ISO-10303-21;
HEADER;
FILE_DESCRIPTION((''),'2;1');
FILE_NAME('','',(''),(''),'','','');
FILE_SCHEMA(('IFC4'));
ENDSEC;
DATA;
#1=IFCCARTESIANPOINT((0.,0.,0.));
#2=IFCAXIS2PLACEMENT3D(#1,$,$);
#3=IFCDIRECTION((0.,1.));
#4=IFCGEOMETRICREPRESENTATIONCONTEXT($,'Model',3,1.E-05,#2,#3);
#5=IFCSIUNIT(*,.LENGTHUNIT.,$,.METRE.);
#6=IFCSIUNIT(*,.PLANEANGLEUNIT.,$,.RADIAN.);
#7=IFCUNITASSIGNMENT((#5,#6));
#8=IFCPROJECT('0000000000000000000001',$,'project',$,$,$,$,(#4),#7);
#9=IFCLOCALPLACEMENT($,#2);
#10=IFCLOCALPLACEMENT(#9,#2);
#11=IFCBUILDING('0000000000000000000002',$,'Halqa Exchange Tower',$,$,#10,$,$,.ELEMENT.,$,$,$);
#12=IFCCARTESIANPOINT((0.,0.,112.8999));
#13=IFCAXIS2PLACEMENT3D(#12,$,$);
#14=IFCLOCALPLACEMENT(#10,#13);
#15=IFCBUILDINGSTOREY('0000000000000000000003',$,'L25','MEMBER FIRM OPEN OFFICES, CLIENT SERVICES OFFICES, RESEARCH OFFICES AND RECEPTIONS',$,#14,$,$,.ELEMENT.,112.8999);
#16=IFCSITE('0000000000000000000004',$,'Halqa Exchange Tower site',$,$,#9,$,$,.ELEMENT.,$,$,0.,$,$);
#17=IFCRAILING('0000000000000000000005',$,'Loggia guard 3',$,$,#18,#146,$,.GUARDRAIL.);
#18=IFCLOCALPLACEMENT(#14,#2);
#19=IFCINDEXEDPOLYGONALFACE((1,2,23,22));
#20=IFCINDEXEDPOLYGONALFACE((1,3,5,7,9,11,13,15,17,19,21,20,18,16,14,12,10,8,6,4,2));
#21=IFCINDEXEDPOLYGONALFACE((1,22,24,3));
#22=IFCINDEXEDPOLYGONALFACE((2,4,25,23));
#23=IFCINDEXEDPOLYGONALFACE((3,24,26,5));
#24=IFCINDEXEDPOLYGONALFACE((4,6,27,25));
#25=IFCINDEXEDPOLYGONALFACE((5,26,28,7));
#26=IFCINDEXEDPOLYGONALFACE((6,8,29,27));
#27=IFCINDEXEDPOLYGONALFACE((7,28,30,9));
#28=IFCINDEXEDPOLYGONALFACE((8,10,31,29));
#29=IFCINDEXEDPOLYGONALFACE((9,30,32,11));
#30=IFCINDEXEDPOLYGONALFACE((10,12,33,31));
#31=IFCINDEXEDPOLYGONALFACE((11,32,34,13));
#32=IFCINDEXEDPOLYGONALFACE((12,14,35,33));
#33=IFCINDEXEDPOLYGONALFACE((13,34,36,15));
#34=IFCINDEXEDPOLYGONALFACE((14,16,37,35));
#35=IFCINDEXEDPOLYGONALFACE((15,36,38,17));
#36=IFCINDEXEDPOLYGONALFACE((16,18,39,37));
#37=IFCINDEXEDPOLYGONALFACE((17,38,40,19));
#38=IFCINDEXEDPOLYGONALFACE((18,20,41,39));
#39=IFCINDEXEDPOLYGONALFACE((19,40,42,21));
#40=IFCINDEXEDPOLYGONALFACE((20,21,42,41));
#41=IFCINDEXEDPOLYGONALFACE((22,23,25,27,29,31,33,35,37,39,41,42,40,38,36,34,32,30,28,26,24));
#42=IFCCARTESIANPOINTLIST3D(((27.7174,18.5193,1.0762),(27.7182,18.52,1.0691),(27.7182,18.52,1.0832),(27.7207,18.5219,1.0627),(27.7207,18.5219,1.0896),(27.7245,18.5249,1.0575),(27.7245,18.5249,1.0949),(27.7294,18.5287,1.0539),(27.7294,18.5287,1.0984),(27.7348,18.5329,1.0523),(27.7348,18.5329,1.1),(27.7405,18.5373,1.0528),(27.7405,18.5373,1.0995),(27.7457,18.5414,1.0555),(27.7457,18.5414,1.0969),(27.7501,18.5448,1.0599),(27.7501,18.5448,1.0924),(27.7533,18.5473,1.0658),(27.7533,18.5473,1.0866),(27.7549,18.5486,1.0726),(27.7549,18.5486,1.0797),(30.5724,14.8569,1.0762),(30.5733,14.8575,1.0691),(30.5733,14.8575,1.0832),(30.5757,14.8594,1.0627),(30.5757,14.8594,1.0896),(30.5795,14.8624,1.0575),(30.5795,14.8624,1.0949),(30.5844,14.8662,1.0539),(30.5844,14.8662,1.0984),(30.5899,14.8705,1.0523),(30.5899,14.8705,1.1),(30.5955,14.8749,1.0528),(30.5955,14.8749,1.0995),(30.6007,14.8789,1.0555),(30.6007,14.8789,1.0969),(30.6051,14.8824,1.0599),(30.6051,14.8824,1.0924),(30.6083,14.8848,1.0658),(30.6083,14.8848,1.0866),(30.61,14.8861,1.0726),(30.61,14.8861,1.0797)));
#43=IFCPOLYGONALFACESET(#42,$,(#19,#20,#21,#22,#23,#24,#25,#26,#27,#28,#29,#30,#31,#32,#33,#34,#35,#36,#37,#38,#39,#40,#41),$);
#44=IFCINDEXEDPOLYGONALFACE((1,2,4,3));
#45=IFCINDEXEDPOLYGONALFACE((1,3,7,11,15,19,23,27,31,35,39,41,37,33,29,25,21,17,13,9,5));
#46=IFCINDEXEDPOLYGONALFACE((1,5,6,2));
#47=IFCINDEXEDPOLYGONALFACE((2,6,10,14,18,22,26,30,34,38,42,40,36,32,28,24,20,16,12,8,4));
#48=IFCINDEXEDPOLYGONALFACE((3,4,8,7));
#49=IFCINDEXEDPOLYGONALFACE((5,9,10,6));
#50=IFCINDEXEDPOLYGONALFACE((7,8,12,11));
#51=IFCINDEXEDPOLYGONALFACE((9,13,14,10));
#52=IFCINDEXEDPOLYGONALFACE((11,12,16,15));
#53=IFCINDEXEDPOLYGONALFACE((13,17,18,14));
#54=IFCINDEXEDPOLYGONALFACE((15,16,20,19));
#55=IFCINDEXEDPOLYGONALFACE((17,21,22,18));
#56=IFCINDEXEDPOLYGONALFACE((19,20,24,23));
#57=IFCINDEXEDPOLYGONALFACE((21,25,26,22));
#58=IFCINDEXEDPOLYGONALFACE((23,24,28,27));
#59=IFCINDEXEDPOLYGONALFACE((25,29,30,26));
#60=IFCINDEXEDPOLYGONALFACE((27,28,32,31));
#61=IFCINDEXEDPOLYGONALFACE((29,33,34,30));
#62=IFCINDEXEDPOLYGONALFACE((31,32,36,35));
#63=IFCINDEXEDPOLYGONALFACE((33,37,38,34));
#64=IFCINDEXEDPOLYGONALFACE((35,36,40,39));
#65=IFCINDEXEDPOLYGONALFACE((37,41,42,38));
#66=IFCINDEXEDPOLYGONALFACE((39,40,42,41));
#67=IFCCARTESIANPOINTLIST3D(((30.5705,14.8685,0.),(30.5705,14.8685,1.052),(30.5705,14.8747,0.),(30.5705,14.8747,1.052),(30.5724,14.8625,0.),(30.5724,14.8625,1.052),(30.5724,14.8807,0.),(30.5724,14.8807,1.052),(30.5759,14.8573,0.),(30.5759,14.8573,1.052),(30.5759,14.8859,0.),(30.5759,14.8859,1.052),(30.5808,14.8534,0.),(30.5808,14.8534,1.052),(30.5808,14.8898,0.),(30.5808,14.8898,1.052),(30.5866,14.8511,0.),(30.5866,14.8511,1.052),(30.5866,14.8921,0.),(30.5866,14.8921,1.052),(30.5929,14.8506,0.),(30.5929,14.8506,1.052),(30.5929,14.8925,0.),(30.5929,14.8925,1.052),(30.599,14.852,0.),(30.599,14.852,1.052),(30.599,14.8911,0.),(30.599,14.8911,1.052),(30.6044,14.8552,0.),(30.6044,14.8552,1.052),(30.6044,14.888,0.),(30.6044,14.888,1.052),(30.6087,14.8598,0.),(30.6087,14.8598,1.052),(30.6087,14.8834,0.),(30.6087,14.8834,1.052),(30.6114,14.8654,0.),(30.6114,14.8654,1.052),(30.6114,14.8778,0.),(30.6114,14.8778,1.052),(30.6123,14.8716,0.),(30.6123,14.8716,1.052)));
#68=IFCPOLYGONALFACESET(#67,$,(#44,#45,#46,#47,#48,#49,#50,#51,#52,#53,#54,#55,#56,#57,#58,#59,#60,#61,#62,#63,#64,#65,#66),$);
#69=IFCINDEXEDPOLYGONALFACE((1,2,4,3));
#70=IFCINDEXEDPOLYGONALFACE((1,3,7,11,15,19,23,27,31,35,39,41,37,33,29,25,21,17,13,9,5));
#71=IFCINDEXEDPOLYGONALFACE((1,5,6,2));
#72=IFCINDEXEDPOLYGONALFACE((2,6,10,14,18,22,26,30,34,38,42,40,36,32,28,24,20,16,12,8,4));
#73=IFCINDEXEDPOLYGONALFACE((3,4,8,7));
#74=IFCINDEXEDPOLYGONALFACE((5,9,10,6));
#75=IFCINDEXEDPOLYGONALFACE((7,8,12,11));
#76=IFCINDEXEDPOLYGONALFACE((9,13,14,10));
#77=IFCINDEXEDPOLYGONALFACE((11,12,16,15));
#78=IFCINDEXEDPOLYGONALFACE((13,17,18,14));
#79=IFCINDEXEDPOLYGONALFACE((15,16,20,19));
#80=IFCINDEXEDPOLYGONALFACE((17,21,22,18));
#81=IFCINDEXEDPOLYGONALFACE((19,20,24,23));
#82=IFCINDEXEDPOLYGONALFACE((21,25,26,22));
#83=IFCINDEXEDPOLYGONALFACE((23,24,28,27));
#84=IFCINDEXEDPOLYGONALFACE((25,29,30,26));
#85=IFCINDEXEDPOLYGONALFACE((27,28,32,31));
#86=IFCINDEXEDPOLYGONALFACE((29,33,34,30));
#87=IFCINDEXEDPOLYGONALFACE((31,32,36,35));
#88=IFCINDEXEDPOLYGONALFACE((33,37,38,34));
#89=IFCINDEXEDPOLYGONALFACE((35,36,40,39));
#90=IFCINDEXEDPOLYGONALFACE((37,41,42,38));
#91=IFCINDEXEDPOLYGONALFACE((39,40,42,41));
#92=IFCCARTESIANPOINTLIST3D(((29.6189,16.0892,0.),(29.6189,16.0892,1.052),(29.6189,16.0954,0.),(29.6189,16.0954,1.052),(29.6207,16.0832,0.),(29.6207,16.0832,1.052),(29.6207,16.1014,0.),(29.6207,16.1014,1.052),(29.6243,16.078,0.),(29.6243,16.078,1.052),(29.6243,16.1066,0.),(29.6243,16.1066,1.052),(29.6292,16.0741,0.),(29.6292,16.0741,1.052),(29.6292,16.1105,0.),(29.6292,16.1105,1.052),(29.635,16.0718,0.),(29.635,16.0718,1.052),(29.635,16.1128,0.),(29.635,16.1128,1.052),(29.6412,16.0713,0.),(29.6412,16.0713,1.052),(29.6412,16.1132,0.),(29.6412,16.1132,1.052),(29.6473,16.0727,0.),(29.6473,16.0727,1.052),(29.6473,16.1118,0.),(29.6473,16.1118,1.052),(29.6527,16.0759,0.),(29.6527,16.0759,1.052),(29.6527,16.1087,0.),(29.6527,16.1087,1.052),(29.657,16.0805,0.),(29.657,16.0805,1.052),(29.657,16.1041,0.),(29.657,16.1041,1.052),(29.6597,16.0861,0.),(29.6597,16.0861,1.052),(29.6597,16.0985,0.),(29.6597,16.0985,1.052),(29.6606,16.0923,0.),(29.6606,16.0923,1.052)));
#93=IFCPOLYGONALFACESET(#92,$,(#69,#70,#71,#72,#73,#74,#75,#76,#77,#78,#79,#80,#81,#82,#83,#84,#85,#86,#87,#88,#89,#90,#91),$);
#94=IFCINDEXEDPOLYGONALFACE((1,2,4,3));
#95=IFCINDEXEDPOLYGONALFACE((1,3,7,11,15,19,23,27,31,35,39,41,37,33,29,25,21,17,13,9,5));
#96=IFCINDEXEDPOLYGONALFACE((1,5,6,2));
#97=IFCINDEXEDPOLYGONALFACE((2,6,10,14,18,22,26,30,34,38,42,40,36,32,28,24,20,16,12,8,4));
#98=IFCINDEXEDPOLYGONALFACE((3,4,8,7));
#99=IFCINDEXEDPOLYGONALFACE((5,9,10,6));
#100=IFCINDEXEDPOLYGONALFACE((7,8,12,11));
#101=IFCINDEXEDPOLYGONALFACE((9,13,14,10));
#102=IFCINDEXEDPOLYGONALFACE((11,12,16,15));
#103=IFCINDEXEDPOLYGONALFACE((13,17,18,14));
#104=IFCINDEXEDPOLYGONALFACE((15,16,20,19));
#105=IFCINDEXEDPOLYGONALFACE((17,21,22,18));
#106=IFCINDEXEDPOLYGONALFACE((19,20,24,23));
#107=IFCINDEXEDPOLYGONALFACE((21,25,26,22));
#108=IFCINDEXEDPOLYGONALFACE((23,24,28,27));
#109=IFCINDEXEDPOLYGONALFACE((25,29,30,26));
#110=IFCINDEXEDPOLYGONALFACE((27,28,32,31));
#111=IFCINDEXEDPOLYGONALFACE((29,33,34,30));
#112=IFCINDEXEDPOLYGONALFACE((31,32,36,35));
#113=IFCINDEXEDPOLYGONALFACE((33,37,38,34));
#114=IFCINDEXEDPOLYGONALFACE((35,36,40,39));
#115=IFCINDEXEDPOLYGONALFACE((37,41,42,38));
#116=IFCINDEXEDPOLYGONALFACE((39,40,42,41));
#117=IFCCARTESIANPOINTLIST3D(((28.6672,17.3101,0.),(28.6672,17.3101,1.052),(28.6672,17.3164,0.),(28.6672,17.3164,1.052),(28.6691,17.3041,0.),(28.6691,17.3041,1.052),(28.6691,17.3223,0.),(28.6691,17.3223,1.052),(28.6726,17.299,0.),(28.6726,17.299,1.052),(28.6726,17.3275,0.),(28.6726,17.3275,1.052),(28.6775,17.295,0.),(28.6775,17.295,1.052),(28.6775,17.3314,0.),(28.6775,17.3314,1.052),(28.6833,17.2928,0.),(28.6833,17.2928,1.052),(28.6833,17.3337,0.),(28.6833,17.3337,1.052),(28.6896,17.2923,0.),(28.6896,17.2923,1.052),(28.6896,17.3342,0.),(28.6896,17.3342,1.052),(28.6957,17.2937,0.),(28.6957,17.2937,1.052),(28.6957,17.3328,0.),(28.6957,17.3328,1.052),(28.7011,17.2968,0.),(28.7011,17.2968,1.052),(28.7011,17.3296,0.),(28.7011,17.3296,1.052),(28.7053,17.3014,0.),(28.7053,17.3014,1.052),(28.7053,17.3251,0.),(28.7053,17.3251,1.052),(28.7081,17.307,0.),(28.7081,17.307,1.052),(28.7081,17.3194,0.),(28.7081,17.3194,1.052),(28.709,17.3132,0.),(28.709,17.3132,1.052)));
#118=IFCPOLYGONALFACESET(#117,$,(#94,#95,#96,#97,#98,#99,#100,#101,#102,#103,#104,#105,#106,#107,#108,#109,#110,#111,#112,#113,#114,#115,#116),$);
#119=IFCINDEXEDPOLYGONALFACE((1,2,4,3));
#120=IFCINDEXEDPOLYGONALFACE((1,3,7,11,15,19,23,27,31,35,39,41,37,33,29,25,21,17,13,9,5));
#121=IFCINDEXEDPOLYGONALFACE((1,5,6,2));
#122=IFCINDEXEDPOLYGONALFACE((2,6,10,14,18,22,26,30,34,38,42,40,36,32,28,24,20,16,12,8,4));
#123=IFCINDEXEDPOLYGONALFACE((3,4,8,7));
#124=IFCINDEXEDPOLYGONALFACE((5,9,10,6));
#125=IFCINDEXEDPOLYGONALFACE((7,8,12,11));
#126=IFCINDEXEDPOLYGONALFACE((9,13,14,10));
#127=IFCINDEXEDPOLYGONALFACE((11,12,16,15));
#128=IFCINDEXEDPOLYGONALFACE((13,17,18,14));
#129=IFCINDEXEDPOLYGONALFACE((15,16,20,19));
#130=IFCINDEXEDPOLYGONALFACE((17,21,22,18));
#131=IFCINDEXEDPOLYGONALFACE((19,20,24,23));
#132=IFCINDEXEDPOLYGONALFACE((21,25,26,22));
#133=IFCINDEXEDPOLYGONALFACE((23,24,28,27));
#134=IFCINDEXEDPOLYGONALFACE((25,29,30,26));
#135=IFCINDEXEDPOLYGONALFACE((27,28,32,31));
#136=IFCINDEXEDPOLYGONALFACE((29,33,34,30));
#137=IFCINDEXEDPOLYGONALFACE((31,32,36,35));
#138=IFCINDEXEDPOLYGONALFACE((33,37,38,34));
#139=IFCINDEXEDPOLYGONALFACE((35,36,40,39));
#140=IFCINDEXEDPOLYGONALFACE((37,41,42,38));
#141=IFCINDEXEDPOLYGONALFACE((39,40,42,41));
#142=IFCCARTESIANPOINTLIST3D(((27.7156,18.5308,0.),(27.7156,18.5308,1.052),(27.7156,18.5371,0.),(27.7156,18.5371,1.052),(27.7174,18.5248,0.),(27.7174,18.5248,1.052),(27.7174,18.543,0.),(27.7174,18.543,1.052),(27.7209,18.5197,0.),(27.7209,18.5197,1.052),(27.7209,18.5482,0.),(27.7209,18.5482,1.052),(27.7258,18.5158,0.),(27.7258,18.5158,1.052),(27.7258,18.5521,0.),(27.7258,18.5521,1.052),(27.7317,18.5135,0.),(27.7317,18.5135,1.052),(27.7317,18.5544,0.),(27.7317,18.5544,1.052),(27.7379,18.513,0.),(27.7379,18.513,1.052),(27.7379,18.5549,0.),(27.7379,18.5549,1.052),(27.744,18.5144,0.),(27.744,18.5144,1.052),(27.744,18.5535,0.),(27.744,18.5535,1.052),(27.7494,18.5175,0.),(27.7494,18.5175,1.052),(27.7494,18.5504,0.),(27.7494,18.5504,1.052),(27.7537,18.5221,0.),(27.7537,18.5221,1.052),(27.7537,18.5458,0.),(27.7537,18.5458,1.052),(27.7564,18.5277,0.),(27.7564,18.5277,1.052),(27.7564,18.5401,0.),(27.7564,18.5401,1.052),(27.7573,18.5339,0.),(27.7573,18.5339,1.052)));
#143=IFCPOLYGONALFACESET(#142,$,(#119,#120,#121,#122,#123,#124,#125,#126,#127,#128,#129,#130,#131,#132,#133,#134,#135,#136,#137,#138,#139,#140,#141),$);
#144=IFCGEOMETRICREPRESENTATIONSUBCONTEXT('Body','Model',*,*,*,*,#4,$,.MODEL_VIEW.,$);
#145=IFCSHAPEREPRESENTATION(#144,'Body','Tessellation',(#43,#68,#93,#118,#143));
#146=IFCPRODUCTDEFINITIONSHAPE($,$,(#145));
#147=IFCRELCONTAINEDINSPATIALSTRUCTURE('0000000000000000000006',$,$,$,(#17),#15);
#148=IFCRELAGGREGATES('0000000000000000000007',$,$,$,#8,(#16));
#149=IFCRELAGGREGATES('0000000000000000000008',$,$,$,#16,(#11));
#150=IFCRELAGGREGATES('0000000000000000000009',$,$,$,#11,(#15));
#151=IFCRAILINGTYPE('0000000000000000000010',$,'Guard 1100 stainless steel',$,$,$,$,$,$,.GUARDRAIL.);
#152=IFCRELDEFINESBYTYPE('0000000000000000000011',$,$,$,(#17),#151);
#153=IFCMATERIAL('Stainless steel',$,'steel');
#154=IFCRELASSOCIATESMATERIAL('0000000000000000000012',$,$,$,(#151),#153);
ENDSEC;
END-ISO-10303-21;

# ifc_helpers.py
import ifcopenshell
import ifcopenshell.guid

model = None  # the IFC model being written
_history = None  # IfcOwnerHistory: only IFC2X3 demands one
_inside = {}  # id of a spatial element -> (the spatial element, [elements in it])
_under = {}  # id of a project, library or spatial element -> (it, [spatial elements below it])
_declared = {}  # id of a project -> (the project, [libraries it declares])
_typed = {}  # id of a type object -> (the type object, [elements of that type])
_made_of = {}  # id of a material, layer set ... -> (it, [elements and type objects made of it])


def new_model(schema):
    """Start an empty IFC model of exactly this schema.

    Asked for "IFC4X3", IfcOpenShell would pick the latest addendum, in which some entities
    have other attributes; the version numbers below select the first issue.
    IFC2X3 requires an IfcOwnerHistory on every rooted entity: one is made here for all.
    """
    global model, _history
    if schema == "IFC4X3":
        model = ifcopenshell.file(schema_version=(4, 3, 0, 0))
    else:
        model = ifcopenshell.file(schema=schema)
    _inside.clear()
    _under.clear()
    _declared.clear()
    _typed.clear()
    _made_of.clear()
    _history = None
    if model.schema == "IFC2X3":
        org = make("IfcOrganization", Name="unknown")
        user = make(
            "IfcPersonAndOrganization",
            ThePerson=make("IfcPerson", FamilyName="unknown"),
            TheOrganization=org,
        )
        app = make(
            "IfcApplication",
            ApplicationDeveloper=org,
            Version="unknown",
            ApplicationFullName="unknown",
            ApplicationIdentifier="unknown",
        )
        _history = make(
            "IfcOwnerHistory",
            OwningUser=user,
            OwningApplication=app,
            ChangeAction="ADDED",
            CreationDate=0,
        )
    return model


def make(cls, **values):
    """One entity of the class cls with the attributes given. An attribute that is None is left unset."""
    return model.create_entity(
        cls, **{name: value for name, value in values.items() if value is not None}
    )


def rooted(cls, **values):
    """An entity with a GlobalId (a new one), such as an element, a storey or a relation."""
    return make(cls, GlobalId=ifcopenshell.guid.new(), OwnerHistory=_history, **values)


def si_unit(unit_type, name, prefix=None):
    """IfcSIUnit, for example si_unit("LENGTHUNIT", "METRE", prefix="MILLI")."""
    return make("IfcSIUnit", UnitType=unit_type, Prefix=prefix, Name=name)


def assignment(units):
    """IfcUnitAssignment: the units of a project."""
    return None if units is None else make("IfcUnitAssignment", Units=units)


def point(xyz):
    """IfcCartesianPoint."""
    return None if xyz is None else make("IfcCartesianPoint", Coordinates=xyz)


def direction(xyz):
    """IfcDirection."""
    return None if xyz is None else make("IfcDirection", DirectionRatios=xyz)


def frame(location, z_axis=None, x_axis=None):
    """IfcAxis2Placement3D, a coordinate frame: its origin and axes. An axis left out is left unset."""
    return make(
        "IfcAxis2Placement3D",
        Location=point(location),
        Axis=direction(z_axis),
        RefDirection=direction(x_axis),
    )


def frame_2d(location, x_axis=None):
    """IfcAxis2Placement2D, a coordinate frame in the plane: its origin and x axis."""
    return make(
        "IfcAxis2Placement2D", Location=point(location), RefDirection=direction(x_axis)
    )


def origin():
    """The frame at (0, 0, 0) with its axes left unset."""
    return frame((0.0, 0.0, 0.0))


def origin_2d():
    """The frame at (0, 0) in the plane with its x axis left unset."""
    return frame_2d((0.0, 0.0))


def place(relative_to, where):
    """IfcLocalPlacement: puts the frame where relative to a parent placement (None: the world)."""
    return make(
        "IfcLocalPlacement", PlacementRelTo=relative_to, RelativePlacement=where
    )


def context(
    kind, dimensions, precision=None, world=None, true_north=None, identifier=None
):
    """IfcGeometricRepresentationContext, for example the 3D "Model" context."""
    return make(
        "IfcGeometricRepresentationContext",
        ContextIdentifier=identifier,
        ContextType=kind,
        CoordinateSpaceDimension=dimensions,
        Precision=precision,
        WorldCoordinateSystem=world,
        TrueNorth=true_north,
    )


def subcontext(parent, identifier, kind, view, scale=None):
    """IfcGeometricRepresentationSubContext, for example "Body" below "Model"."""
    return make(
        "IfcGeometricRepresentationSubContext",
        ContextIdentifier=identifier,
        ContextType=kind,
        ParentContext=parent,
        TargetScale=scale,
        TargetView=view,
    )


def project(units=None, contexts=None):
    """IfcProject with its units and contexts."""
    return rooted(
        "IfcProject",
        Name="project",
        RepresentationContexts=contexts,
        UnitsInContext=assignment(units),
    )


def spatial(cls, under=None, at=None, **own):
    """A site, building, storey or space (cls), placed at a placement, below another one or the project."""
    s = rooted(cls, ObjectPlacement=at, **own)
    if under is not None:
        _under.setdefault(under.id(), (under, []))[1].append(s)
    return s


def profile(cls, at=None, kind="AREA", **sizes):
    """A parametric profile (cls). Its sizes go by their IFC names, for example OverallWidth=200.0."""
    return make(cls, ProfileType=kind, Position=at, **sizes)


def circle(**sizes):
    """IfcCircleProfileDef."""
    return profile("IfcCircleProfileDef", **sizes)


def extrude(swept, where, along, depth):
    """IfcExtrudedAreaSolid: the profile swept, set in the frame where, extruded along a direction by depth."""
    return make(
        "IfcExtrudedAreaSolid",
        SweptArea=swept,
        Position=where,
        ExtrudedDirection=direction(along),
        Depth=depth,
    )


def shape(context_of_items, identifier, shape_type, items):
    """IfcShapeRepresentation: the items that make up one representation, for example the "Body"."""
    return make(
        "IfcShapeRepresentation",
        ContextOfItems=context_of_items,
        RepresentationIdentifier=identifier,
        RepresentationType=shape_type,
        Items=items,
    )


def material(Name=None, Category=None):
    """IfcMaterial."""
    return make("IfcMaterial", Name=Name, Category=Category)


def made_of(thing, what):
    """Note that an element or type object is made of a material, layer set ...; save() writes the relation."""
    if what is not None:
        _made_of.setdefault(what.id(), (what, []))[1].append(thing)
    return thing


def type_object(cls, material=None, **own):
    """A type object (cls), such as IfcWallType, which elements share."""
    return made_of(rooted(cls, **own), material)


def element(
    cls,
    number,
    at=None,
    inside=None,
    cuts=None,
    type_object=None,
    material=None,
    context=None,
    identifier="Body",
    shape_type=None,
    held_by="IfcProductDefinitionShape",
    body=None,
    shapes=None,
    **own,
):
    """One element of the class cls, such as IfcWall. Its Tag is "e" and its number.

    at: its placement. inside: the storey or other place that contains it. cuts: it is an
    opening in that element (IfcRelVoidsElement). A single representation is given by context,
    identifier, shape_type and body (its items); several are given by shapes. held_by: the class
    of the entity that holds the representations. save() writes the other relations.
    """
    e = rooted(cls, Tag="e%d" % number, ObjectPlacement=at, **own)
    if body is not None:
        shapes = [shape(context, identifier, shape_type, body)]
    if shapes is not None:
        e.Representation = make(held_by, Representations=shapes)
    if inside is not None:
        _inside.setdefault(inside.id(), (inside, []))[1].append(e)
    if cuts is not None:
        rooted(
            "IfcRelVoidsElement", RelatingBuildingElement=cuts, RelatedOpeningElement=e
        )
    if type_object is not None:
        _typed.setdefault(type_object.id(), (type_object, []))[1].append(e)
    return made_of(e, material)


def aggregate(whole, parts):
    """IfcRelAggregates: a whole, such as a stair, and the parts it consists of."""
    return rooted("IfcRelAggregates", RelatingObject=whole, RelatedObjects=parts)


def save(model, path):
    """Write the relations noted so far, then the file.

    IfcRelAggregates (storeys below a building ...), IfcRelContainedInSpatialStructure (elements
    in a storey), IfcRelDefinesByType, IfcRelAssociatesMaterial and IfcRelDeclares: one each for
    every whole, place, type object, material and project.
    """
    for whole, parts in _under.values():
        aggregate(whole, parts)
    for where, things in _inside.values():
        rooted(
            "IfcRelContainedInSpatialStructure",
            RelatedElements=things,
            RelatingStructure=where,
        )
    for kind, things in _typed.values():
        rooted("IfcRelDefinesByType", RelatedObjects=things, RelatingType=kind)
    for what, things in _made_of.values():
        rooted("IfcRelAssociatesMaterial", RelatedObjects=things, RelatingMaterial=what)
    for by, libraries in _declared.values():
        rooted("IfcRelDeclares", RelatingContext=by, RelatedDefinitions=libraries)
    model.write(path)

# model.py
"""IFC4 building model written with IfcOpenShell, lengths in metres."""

from ifc_helpers import new_model, si_unit, direction, frame, origin, origin_2d, place, context, subcontext, project, spatial, circle, extrude, material, type_object, element, save


model = new_model("IFC4")

# Units and contexts
model_context = context("Model", 3, precision=1e-05, world=origin(), true_north=direction((0.0, 1.0)))
body_context = subcontext(model_context, "Body", "Model", "MODEL_VIEW")
ifc_project = project(units=[si_unit("LENGTHUNIT", "METRE"), si_unit("PLANEANGLEUNIT", "RADIAN")], contexts=[model_context])

# Site, building, storey
site_placement = place(None, origin())
site = spatial("IfcSite", under=ifc_project, at=site_placement, Name="Halqa Exchange Tower site", CompositionType="ELEMENT", RefElevation=0.0)
building_placement = place(site_placement, origin())
building = spatial("IfcBuilding", under=site, at=building_placement, Name="Halqa Exchange Tower", CompositionType="ELEMENT")
storey_placement = place(building_placement, frame((0.0, 0.0, 112.8999)))
storey = spatial("IfcBuildingStorey", under=building, at=storey_placement, Name="L25", Description="MEMBER FIRM OPEN OFFICES, CLIENT SERVICES OFFICES, RESEARCH OFFICES AND RECEPTIONS", CompositionType="ELEMENT", Elevation=112.8999)

# Railing
ifc_material_1 = material(Name="Stainless steel", Category="steel")
railing_type = type_object("IfcRailingType", Name="Guard 1100 stainless steel", PredefinedType="GUARDRAIL", material=ifc_material_1)
railing_1_placement = place(storey_placement, frame((30.5913, 14.8716, 0.0)))
element("IfcRailing", 1, at=railing_1_placement, inside=storey, type_object=railing_type, Name="Loggia guard 3", PredefinedType="GUARDRAIL", context=body_context, shape_type="SweptSolid", body=[
    extrude(circle(Radius=0.0239, at=origin_2d()), frame((0.0, 0.0, 1.0762), z_axis=(-0.61481, 0.788675, 0.0), x_axis=(-0.788675, -0.61481, 0.0)), (0.0, 0.0, 1.0), 4.6438),
    extrude(circle(Radius=0.021, at=origin_2d()), origin(), (0.0, 0.0, 1.0), 1.052),
    extrude(circle(Radius=0.021, at=origin_2d()), frame((-0.9517, 1.2207, 0.0)), (0.0, 0.0, 1.0), 1.052),
    extrude(circle(Radius=0.021, at=origin_2d()), frame((-1.9033, 2.4417, 0.0)), (0.0, 0.0, 1.0), 1.052),
    extrude(circle(Radius=0.021, at=origin_2d()), frame((-2.855, 3.6624, 0.0)), (0.0, 0.0, 1.0), 1.052),
])

save(model, "model.ifc")
